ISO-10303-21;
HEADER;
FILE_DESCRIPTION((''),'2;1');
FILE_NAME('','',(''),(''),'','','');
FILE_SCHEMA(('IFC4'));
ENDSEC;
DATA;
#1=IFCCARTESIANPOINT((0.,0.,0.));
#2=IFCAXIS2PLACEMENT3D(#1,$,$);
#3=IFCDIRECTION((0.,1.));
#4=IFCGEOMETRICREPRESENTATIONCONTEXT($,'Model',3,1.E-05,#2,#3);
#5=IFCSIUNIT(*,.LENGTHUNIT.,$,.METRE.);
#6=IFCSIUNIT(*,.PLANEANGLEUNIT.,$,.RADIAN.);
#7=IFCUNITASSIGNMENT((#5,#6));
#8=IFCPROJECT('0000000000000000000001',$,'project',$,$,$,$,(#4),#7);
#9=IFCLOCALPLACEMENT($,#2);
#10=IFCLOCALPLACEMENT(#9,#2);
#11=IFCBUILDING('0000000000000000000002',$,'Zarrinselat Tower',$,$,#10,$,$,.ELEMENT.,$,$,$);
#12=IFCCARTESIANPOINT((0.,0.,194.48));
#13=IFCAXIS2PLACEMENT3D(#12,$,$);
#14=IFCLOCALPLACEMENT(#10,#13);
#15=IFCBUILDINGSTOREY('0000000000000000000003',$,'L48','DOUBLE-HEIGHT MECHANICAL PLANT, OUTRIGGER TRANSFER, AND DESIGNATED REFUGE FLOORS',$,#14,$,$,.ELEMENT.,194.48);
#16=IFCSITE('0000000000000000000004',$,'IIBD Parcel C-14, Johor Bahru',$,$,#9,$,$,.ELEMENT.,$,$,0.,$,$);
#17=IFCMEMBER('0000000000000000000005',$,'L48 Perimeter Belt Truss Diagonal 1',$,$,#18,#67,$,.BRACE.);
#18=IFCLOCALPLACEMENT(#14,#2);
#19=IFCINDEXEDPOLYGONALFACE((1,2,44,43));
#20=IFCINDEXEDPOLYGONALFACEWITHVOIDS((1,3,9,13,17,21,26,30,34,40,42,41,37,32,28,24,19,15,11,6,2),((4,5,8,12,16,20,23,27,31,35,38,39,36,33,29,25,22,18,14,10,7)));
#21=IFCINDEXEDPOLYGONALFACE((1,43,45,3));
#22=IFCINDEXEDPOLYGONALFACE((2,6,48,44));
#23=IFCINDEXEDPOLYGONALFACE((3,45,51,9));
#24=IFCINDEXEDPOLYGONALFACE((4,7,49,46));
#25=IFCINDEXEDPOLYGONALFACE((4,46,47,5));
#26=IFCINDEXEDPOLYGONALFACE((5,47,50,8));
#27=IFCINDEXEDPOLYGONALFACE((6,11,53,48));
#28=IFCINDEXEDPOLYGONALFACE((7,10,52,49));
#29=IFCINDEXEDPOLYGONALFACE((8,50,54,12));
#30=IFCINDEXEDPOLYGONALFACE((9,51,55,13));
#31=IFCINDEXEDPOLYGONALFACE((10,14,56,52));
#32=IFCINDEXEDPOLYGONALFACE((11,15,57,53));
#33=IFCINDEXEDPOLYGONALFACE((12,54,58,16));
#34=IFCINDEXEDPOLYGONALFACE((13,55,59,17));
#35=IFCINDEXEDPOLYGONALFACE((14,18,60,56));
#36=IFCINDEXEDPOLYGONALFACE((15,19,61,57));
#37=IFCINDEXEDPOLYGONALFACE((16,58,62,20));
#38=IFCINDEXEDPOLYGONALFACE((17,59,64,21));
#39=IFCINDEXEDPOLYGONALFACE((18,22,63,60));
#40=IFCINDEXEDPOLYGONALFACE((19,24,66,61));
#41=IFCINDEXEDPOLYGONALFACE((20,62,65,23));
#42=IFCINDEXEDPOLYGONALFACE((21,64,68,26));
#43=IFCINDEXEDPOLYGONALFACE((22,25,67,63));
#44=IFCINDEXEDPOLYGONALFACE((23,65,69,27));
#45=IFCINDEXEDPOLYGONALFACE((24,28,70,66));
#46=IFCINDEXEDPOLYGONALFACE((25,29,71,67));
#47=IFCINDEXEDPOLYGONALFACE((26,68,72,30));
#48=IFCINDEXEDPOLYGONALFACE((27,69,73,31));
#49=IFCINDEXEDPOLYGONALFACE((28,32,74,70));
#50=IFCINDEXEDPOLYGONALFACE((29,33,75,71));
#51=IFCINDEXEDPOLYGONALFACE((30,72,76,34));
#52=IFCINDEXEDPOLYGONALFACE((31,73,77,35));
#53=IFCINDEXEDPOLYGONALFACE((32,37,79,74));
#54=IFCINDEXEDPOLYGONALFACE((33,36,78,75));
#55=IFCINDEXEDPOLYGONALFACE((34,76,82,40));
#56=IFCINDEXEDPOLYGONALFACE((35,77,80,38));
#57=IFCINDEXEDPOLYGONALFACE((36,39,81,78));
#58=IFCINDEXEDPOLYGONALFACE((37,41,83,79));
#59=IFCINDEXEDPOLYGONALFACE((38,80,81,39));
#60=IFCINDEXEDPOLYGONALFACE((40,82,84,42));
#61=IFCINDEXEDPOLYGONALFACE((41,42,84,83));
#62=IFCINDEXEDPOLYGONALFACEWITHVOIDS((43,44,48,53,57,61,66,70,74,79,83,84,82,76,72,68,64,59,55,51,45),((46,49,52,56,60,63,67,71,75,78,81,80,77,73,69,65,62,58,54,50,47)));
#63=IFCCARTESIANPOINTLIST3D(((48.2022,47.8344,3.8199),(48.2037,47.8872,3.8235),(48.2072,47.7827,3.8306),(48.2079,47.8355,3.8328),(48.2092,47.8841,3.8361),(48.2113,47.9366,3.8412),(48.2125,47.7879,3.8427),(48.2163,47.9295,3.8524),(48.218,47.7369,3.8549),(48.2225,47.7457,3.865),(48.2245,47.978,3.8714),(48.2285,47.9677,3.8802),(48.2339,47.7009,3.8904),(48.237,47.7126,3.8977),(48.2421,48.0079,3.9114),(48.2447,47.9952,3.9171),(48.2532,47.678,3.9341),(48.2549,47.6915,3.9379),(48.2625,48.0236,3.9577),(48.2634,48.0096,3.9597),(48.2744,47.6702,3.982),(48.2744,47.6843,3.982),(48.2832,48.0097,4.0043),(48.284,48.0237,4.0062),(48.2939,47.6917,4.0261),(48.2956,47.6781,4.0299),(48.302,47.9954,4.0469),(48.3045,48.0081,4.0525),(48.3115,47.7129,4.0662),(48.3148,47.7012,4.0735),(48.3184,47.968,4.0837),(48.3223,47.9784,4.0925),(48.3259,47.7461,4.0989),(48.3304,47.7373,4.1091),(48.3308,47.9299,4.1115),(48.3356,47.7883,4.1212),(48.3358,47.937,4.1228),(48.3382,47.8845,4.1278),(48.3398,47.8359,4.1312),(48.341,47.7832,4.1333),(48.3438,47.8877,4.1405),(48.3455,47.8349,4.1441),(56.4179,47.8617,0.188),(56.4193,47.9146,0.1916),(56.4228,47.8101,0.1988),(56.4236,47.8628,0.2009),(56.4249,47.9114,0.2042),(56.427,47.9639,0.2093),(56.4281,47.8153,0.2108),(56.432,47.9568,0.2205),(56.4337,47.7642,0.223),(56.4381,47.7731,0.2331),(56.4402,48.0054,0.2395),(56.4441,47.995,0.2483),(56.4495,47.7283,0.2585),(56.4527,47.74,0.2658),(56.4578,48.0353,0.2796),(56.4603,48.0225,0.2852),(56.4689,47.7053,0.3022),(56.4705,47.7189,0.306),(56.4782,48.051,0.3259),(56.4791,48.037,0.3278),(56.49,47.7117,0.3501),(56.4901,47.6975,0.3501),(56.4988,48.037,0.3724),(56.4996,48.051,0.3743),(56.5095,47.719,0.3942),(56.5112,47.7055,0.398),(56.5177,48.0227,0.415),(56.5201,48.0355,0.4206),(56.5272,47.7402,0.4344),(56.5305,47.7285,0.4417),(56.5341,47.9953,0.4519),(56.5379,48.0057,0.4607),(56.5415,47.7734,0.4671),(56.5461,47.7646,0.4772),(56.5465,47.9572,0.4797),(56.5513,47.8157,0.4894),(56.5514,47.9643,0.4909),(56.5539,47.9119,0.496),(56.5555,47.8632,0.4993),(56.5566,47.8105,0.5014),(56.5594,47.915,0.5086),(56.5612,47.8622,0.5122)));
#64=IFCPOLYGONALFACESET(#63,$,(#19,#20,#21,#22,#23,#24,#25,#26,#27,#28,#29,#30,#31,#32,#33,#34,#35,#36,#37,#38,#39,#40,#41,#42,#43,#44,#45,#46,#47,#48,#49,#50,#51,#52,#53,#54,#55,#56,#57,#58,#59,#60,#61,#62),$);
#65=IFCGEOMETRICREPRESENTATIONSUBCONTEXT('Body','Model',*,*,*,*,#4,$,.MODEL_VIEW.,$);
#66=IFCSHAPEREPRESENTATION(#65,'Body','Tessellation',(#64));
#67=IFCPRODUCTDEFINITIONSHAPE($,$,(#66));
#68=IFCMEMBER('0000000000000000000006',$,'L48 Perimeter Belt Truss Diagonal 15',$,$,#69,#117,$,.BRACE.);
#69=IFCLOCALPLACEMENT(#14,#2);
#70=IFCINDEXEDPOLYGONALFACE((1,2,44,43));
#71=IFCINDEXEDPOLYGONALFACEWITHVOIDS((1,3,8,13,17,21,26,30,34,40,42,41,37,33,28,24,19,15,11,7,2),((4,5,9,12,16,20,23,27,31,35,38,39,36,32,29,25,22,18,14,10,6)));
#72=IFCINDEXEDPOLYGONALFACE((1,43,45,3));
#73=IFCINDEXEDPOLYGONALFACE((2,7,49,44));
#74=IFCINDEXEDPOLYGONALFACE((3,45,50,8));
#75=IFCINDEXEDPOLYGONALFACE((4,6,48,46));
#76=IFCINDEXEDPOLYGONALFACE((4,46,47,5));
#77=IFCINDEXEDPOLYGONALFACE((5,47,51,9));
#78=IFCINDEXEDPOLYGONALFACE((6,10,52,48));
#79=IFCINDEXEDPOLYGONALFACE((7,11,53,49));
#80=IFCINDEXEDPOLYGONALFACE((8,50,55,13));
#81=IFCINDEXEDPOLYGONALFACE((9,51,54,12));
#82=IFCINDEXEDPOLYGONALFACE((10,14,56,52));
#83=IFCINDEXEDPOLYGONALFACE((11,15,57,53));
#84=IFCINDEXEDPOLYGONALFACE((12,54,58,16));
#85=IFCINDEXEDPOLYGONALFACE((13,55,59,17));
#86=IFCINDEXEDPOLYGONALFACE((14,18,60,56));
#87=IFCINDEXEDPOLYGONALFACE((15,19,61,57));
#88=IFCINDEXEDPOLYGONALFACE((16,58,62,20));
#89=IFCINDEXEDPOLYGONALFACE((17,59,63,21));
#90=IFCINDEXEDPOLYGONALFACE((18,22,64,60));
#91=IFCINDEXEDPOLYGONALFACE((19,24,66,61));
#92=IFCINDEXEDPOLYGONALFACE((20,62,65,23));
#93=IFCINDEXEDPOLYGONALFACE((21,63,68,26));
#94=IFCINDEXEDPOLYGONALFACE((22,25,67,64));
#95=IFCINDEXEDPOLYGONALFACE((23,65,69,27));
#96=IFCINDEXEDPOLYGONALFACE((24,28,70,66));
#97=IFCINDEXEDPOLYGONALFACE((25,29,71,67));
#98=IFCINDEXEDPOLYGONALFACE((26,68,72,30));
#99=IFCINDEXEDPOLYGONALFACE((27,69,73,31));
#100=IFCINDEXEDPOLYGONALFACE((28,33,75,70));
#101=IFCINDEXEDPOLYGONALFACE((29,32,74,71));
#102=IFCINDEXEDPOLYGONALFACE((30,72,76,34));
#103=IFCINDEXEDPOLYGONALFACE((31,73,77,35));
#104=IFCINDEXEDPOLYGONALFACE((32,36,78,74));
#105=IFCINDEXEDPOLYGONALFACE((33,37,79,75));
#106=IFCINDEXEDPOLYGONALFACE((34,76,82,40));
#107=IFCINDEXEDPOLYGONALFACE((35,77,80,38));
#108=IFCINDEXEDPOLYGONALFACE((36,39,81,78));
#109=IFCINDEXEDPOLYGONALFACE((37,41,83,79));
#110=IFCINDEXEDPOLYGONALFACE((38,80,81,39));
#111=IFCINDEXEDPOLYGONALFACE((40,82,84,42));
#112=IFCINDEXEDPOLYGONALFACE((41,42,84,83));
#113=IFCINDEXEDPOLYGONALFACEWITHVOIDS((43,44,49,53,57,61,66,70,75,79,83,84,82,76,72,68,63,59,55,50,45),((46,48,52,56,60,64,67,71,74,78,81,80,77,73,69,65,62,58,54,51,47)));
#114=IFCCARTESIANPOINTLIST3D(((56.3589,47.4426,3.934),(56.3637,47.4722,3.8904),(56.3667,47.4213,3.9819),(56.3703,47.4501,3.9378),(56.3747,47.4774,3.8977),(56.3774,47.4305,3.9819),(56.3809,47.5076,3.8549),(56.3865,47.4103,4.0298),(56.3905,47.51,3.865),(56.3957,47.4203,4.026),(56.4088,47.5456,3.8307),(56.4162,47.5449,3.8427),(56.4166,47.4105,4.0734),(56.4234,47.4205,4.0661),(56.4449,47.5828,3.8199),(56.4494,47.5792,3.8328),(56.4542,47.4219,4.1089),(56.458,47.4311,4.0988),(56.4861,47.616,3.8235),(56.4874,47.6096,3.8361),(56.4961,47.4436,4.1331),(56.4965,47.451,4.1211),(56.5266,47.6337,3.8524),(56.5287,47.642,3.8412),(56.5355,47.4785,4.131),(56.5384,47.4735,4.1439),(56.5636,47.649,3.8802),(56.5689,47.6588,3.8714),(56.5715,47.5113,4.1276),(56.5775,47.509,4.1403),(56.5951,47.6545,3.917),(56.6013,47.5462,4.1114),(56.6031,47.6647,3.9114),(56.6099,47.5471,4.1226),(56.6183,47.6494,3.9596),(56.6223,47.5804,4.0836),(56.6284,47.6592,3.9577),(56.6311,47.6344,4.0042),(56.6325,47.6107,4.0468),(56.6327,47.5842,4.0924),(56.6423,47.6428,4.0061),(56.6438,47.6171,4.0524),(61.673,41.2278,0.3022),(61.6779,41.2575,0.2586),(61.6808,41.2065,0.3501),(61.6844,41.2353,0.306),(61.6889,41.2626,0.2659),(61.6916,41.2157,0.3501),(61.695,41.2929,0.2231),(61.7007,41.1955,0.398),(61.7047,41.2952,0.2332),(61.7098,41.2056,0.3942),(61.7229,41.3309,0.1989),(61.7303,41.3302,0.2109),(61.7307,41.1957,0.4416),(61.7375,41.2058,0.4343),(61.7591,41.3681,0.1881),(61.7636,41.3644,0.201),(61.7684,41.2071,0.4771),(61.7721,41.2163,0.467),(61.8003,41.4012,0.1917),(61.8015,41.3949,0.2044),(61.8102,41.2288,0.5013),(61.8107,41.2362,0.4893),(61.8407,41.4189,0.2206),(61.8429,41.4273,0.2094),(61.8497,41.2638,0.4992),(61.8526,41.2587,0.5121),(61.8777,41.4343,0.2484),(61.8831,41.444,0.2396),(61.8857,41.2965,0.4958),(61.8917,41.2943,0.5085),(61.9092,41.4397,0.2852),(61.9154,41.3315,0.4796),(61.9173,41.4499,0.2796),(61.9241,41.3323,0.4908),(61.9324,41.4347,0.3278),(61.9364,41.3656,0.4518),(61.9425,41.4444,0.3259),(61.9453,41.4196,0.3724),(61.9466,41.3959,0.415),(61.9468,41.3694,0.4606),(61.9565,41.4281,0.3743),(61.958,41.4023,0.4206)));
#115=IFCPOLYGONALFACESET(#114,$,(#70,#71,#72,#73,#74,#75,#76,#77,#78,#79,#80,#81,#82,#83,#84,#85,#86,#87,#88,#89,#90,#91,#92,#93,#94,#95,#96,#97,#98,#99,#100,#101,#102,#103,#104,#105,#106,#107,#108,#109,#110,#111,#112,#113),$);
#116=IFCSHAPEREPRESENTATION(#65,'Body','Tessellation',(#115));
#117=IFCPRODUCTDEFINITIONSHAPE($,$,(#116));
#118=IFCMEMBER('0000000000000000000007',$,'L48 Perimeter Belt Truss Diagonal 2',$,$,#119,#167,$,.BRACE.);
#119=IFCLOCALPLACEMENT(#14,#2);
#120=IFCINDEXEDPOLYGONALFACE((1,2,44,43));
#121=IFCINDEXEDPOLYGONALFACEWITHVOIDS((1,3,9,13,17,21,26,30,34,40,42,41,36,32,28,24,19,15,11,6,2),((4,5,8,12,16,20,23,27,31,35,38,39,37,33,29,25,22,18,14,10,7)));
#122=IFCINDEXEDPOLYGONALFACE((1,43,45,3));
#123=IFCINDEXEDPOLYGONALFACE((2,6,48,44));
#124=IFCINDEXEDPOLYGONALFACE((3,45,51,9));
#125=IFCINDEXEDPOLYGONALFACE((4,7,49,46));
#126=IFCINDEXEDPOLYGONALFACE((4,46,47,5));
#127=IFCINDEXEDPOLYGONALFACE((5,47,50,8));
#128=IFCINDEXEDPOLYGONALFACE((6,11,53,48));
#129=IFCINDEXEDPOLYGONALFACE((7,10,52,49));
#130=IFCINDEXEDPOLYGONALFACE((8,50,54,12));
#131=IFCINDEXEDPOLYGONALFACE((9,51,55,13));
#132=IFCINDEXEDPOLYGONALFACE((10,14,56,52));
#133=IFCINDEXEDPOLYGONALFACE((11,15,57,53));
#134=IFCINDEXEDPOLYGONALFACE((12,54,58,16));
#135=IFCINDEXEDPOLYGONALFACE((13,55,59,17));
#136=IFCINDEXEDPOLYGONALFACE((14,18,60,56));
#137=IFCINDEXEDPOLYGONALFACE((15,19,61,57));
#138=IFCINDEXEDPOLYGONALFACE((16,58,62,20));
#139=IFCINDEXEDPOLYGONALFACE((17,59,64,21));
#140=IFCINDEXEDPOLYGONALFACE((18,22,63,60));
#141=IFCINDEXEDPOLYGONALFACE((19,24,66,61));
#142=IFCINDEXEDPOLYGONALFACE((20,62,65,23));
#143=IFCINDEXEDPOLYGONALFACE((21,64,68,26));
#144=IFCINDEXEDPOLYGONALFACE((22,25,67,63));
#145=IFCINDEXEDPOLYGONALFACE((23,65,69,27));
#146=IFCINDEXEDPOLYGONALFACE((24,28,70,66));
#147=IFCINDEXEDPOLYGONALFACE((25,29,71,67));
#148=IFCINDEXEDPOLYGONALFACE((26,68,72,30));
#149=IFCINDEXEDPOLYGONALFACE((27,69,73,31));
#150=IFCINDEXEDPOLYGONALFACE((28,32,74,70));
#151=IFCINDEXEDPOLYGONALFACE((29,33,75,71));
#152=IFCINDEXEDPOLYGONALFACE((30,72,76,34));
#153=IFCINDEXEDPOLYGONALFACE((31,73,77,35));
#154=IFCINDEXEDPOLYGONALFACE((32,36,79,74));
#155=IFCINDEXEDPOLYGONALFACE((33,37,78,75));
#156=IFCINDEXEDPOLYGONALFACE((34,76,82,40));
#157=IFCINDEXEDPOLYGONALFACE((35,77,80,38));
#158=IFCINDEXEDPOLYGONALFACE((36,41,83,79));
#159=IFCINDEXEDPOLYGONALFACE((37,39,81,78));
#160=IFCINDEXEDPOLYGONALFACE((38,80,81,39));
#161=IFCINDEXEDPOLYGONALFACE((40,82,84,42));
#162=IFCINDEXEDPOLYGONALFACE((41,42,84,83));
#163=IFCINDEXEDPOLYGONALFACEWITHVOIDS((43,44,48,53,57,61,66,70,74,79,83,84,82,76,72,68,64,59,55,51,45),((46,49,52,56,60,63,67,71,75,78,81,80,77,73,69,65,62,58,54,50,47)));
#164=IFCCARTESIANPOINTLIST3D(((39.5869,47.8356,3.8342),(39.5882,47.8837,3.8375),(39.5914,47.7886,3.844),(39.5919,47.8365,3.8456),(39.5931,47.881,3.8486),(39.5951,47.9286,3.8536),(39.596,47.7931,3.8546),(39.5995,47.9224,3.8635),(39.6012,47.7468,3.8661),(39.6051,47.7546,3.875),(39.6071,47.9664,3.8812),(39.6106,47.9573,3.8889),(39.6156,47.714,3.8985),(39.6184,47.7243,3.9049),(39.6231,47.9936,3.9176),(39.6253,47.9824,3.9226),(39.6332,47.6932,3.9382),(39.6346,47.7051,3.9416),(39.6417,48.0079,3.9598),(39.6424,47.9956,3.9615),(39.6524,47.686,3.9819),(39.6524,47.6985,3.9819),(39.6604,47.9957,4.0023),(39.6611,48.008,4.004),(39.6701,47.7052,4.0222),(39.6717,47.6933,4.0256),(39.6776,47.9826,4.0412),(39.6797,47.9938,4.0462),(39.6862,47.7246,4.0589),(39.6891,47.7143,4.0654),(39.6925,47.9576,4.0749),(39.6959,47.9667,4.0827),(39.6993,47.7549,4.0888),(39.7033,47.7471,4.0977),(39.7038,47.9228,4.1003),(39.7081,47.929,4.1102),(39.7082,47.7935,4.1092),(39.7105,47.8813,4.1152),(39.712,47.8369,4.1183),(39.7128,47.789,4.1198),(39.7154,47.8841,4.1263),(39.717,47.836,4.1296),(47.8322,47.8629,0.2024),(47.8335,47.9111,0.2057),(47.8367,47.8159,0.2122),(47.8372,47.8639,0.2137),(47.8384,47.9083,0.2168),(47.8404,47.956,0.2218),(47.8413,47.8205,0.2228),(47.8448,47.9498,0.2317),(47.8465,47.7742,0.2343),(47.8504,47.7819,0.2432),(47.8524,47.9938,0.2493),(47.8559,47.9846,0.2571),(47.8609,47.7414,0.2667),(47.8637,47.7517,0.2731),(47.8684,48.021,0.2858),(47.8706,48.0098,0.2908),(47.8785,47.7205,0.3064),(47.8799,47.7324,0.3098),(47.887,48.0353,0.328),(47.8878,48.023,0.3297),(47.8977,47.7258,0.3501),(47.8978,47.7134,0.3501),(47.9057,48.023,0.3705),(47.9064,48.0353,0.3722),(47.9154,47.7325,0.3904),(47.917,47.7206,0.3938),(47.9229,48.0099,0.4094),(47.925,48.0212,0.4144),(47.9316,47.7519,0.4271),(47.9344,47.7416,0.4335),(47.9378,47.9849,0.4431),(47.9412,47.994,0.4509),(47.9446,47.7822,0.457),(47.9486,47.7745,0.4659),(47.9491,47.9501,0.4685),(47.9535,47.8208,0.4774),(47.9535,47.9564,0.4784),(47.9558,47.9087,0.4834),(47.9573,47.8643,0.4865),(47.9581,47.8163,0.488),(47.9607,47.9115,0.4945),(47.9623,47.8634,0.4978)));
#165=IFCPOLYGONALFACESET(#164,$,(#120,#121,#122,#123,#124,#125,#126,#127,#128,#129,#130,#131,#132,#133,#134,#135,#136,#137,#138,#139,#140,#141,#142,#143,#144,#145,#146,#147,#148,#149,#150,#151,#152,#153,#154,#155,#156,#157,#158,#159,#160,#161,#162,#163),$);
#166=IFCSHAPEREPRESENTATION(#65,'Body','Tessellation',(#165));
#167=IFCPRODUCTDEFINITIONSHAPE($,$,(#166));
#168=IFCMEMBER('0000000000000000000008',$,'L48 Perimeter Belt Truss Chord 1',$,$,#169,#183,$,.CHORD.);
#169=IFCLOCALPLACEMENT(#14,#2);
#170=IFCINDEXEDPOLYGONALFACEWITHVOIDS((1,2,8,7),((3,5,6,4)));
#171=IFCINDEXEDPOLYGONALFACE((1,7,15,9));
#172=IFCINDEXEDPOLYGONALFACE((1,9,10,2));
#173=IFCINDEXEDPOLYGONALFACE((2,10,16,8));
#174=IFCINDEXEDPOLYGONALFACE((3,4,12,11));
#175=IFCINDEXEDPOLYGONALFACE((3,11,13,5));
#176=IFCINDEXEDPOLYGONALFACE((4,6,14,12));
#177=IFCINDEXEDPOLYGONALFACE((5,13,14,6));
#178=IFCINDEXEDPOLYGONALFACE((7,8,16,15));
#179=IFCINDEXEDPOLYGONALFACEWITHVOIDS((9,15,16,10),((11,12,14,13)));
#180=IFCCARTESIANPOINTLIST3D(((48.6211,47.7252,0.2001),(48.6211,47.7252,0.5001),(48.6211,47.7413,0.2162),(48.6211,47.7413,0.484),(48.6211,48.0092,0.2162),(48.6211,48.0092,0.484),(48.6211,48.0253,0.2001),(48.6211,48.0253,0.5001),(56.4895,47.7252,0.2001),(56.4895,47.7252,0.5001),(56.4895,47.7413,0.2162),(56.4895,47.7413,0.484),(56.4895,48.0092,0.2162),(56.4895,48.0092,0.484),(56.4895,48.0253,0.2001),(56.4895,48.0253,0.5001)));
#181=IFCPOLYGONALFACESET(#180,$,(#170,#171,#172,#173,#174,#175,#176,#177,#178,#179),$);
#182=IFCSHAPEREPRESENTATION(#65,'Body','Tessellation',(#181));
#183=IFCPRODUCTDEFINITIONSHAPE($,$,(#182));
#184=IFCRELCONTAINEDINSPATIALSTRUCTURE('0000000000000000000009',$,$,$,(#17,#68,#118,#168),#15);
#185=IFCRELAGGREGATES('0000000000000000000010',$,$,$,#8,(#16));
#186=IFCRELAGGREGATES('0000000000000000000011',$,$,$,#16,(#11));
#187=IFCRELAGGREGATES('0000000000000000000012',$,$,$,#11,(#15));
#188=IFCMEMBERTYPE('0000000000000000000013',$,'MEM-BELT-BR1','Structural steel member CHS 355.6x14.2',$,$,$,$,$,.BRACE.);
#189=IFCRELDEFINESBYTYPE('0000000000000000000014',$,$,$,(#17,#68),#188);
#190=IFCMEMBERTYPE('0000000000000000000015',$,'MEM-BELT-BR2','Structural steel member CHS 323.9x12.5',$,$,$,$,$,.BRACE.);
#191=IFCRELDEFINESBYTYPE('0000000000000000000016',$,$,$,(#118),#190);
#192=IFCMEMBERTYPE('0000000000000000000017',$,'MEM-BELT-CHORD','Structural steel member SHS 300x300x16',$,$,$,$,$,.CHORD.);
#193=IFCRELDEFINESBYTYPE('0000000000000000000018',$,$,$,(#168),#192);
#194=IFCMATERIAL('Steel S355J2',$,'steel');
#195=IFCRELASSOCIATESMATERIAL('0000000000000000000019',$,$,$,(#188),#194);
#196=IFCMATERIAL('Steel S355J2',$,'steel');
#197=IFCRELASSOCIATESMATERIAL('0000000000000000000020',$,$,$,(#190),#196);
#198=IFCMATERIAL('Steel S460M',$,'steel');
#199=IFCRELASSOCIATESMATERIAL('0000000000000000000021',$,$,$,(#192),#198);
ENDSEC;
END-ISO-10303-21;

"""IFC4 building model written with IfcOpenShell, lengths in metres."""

from ifc_helpers import new_model, si_unit, direction, frame, origin, origin_2d, place, context, subcontext, project, spatial, hollow_rectangle, hollow_circle, extrude, material, material_profile, profile_set, type_object, element, save


model = new_model("IFC4")

# Units and contexts
model_context = context("Model", 3, precision=1e-05, world=origin(), true_north=direction((0.0, 1.0)))
body_context = subcontext(model_context, "Body", "Model", "MODEL_VIEW")
ifc_project = project(units=[si_unit("LENGTHUNIT", "METRE"), si_unit("PLANEANGLEUNIT", "RADIAN")], contexts=[model_context])

# Site, building, storey
site_placement = place(None, origin())
site = spatial("IfcSite", under=ifc_project, at=site_placement, Name="IIBD Parcel C-14, Johor Bahru", CompositionType="ELEMENT", RefElevation=0.0)
building_placement = place(site_placement, origin())
building = spatial("IfcBuilding", under=site, at=building_placement, Name="Zarrinselat Tower", CompositionType="ELEMENT")
storey_placement = place(building_placement, frame((0.0, 0.0, 194.48)))
storey = spatial("IfcBuildingStorey", under=building, at=storey_placement, Name="L48", Description="DOUBLE-HEIGHT MECHANICAL PLANT, OUTRIGGER TRANSFER, AND DESIGNATED REFUGE FLOORS", CompositionType="ELEMENT", Elevation=194.48)

# Members
ifc_material_1 = material(Name="Steel S355J2", Category="steel")
ifc_material_profile_1 = material_profile(ifc_material_1, hollow_circle(Radius=0.1777, WallThickness=0.0142, at=origin_2d()), Name="CHS 355.6x14.2")
ifc_profile_set_1 = profile_set([ifc_material_profile_1], Name="Steel S355J2")
member_type_1 = type_object("IfcMemberType", Name="MEM-BELT-BR1", Description="Structural steel member CHS 355.6x14.2", PredefinedType="BRACE", material=ifc_profile_set_1)
member_1_placement = place(storey_placement, frame((56.4895, 47.8752, 0.3501), z_axis=(-0.914612, -0.003044, 0.40432), x_axis=(0.003328, -0.999994, 0.0)))
element("IfcMember", 1, at=member_1_placement, inside=storey, type_object=member_type_1, Name="L48 Perimeter Belt Truss Diagonal 1", PredefinedType="BRACE", context=body_context, shape_type="SweptSolid", body=[
    extrude(hollow_circle(Radius=0.1777, WallThickness=0.0142, at=origin_2d()), origin(), (0.0, 0.0, 1.0), 8.9827),
])
member_2_placement = place(storey_placement, frame((61.8159, 41.322, 0.3501), z_axis=(-0.593941, 0.6946, 0.405911), x_axis=(-0.76003, -0.649889, 0.0)))
element("IfcMember", 2, at=member_2_placement, inside=storey, type_object=member_type_1, Name="L48 Perimeter Belt Truss Diagonal 15", PredefinedType="BRACE", context=body_context, shape_type="SweptSolid", body=[
    extrude(hollow_circle(Radius=0.1777, WallThickness=0.0142, at=origin_2d()), origin(), (0.0, 0.0, 1.0), 8.9473),
])
ifc_material_2 = material(Name="Steel S355J2", Category="steel")
ifc_material_profile_2 = material_profile(ifc_material_2, hollow_circle(Radius=0.1619, WallThickness=0.0125, at=origin_2d()), Name="CHS 323.9x12.5")
ifc_profile_set_2 = profile_set([ifc_material_profile_2], Name="Steel S355J2")
member_type_2 = type_object("IfcMemberType", Name="MEM-BELT-BR2", Description="Structural steel member CHS 323.9x12.5", PredefinedType="BRACE", material=ifc_profile_set_2)
member_3_placement = place(storey_placement, frame((47.8972, 47.8752, 0.3501), z_axis=(-0.915152, -0.003035, 0.403097), x_axis=(0.003316, -0.999995, 0.0)))
element("IfcMember", 3, at=member_3_placement, inside=storey, type_object=member_type_2, Name="L48 Perimeter Belt Truss Diagonal 2", PredefinedType="BRACE", context=body_context, shape_type="SweptSolid", body=[
    extrude(hollow_circle(Radius=0.1619, WallThickness=0.0125, at=origin_2d()), origin(), (0.0, 0.0, 1.0), 9.0098),
])
ifc_material_3 = material(Name="Steel S460M", Category="steel")
ifc_material_profile_3 = material_profile(ifc_material_3, hollow_rectangle(XDim=0.3, YDim=0.3, WallThickness=0.0161, at=origin_2d()), Name="SHS 300x300x16")
ifc_profile_set_3 = profile_set([ifc_material_profile_3], Name="Steel S460M")
member_type_3 = type_object("IfcMemberType", Name="MEM-BELT-CHORD", Description="Structural steel member SHS 300x300x16", PredefinedType="CHORD", material=ifc_profile_set_3)
member_4_placement = place(storey_placement, frame((56.4895, 47.8752, 0.3501), z_axis=(-1.0, 0.0, 0.0), x_axis=(0.0, -1.0, 0.0)))
element("IfcMember", 4, at=member_4_placement, inside=storey, type_object=member_type_3, Name="L48 Perimeter Belt Truss Chord 1", PredefinedType="CHORD", context=body_context, shape_type="SweptSolid", body=[
    extrude(hollow_rectangle(XDim=0.3, YDim=0.3, WallThickness=0.0161, at=origin_2d()), origin(), (0.0, 0.0, 1.0), 7.8684),
])

save(model, "model.ifc")
